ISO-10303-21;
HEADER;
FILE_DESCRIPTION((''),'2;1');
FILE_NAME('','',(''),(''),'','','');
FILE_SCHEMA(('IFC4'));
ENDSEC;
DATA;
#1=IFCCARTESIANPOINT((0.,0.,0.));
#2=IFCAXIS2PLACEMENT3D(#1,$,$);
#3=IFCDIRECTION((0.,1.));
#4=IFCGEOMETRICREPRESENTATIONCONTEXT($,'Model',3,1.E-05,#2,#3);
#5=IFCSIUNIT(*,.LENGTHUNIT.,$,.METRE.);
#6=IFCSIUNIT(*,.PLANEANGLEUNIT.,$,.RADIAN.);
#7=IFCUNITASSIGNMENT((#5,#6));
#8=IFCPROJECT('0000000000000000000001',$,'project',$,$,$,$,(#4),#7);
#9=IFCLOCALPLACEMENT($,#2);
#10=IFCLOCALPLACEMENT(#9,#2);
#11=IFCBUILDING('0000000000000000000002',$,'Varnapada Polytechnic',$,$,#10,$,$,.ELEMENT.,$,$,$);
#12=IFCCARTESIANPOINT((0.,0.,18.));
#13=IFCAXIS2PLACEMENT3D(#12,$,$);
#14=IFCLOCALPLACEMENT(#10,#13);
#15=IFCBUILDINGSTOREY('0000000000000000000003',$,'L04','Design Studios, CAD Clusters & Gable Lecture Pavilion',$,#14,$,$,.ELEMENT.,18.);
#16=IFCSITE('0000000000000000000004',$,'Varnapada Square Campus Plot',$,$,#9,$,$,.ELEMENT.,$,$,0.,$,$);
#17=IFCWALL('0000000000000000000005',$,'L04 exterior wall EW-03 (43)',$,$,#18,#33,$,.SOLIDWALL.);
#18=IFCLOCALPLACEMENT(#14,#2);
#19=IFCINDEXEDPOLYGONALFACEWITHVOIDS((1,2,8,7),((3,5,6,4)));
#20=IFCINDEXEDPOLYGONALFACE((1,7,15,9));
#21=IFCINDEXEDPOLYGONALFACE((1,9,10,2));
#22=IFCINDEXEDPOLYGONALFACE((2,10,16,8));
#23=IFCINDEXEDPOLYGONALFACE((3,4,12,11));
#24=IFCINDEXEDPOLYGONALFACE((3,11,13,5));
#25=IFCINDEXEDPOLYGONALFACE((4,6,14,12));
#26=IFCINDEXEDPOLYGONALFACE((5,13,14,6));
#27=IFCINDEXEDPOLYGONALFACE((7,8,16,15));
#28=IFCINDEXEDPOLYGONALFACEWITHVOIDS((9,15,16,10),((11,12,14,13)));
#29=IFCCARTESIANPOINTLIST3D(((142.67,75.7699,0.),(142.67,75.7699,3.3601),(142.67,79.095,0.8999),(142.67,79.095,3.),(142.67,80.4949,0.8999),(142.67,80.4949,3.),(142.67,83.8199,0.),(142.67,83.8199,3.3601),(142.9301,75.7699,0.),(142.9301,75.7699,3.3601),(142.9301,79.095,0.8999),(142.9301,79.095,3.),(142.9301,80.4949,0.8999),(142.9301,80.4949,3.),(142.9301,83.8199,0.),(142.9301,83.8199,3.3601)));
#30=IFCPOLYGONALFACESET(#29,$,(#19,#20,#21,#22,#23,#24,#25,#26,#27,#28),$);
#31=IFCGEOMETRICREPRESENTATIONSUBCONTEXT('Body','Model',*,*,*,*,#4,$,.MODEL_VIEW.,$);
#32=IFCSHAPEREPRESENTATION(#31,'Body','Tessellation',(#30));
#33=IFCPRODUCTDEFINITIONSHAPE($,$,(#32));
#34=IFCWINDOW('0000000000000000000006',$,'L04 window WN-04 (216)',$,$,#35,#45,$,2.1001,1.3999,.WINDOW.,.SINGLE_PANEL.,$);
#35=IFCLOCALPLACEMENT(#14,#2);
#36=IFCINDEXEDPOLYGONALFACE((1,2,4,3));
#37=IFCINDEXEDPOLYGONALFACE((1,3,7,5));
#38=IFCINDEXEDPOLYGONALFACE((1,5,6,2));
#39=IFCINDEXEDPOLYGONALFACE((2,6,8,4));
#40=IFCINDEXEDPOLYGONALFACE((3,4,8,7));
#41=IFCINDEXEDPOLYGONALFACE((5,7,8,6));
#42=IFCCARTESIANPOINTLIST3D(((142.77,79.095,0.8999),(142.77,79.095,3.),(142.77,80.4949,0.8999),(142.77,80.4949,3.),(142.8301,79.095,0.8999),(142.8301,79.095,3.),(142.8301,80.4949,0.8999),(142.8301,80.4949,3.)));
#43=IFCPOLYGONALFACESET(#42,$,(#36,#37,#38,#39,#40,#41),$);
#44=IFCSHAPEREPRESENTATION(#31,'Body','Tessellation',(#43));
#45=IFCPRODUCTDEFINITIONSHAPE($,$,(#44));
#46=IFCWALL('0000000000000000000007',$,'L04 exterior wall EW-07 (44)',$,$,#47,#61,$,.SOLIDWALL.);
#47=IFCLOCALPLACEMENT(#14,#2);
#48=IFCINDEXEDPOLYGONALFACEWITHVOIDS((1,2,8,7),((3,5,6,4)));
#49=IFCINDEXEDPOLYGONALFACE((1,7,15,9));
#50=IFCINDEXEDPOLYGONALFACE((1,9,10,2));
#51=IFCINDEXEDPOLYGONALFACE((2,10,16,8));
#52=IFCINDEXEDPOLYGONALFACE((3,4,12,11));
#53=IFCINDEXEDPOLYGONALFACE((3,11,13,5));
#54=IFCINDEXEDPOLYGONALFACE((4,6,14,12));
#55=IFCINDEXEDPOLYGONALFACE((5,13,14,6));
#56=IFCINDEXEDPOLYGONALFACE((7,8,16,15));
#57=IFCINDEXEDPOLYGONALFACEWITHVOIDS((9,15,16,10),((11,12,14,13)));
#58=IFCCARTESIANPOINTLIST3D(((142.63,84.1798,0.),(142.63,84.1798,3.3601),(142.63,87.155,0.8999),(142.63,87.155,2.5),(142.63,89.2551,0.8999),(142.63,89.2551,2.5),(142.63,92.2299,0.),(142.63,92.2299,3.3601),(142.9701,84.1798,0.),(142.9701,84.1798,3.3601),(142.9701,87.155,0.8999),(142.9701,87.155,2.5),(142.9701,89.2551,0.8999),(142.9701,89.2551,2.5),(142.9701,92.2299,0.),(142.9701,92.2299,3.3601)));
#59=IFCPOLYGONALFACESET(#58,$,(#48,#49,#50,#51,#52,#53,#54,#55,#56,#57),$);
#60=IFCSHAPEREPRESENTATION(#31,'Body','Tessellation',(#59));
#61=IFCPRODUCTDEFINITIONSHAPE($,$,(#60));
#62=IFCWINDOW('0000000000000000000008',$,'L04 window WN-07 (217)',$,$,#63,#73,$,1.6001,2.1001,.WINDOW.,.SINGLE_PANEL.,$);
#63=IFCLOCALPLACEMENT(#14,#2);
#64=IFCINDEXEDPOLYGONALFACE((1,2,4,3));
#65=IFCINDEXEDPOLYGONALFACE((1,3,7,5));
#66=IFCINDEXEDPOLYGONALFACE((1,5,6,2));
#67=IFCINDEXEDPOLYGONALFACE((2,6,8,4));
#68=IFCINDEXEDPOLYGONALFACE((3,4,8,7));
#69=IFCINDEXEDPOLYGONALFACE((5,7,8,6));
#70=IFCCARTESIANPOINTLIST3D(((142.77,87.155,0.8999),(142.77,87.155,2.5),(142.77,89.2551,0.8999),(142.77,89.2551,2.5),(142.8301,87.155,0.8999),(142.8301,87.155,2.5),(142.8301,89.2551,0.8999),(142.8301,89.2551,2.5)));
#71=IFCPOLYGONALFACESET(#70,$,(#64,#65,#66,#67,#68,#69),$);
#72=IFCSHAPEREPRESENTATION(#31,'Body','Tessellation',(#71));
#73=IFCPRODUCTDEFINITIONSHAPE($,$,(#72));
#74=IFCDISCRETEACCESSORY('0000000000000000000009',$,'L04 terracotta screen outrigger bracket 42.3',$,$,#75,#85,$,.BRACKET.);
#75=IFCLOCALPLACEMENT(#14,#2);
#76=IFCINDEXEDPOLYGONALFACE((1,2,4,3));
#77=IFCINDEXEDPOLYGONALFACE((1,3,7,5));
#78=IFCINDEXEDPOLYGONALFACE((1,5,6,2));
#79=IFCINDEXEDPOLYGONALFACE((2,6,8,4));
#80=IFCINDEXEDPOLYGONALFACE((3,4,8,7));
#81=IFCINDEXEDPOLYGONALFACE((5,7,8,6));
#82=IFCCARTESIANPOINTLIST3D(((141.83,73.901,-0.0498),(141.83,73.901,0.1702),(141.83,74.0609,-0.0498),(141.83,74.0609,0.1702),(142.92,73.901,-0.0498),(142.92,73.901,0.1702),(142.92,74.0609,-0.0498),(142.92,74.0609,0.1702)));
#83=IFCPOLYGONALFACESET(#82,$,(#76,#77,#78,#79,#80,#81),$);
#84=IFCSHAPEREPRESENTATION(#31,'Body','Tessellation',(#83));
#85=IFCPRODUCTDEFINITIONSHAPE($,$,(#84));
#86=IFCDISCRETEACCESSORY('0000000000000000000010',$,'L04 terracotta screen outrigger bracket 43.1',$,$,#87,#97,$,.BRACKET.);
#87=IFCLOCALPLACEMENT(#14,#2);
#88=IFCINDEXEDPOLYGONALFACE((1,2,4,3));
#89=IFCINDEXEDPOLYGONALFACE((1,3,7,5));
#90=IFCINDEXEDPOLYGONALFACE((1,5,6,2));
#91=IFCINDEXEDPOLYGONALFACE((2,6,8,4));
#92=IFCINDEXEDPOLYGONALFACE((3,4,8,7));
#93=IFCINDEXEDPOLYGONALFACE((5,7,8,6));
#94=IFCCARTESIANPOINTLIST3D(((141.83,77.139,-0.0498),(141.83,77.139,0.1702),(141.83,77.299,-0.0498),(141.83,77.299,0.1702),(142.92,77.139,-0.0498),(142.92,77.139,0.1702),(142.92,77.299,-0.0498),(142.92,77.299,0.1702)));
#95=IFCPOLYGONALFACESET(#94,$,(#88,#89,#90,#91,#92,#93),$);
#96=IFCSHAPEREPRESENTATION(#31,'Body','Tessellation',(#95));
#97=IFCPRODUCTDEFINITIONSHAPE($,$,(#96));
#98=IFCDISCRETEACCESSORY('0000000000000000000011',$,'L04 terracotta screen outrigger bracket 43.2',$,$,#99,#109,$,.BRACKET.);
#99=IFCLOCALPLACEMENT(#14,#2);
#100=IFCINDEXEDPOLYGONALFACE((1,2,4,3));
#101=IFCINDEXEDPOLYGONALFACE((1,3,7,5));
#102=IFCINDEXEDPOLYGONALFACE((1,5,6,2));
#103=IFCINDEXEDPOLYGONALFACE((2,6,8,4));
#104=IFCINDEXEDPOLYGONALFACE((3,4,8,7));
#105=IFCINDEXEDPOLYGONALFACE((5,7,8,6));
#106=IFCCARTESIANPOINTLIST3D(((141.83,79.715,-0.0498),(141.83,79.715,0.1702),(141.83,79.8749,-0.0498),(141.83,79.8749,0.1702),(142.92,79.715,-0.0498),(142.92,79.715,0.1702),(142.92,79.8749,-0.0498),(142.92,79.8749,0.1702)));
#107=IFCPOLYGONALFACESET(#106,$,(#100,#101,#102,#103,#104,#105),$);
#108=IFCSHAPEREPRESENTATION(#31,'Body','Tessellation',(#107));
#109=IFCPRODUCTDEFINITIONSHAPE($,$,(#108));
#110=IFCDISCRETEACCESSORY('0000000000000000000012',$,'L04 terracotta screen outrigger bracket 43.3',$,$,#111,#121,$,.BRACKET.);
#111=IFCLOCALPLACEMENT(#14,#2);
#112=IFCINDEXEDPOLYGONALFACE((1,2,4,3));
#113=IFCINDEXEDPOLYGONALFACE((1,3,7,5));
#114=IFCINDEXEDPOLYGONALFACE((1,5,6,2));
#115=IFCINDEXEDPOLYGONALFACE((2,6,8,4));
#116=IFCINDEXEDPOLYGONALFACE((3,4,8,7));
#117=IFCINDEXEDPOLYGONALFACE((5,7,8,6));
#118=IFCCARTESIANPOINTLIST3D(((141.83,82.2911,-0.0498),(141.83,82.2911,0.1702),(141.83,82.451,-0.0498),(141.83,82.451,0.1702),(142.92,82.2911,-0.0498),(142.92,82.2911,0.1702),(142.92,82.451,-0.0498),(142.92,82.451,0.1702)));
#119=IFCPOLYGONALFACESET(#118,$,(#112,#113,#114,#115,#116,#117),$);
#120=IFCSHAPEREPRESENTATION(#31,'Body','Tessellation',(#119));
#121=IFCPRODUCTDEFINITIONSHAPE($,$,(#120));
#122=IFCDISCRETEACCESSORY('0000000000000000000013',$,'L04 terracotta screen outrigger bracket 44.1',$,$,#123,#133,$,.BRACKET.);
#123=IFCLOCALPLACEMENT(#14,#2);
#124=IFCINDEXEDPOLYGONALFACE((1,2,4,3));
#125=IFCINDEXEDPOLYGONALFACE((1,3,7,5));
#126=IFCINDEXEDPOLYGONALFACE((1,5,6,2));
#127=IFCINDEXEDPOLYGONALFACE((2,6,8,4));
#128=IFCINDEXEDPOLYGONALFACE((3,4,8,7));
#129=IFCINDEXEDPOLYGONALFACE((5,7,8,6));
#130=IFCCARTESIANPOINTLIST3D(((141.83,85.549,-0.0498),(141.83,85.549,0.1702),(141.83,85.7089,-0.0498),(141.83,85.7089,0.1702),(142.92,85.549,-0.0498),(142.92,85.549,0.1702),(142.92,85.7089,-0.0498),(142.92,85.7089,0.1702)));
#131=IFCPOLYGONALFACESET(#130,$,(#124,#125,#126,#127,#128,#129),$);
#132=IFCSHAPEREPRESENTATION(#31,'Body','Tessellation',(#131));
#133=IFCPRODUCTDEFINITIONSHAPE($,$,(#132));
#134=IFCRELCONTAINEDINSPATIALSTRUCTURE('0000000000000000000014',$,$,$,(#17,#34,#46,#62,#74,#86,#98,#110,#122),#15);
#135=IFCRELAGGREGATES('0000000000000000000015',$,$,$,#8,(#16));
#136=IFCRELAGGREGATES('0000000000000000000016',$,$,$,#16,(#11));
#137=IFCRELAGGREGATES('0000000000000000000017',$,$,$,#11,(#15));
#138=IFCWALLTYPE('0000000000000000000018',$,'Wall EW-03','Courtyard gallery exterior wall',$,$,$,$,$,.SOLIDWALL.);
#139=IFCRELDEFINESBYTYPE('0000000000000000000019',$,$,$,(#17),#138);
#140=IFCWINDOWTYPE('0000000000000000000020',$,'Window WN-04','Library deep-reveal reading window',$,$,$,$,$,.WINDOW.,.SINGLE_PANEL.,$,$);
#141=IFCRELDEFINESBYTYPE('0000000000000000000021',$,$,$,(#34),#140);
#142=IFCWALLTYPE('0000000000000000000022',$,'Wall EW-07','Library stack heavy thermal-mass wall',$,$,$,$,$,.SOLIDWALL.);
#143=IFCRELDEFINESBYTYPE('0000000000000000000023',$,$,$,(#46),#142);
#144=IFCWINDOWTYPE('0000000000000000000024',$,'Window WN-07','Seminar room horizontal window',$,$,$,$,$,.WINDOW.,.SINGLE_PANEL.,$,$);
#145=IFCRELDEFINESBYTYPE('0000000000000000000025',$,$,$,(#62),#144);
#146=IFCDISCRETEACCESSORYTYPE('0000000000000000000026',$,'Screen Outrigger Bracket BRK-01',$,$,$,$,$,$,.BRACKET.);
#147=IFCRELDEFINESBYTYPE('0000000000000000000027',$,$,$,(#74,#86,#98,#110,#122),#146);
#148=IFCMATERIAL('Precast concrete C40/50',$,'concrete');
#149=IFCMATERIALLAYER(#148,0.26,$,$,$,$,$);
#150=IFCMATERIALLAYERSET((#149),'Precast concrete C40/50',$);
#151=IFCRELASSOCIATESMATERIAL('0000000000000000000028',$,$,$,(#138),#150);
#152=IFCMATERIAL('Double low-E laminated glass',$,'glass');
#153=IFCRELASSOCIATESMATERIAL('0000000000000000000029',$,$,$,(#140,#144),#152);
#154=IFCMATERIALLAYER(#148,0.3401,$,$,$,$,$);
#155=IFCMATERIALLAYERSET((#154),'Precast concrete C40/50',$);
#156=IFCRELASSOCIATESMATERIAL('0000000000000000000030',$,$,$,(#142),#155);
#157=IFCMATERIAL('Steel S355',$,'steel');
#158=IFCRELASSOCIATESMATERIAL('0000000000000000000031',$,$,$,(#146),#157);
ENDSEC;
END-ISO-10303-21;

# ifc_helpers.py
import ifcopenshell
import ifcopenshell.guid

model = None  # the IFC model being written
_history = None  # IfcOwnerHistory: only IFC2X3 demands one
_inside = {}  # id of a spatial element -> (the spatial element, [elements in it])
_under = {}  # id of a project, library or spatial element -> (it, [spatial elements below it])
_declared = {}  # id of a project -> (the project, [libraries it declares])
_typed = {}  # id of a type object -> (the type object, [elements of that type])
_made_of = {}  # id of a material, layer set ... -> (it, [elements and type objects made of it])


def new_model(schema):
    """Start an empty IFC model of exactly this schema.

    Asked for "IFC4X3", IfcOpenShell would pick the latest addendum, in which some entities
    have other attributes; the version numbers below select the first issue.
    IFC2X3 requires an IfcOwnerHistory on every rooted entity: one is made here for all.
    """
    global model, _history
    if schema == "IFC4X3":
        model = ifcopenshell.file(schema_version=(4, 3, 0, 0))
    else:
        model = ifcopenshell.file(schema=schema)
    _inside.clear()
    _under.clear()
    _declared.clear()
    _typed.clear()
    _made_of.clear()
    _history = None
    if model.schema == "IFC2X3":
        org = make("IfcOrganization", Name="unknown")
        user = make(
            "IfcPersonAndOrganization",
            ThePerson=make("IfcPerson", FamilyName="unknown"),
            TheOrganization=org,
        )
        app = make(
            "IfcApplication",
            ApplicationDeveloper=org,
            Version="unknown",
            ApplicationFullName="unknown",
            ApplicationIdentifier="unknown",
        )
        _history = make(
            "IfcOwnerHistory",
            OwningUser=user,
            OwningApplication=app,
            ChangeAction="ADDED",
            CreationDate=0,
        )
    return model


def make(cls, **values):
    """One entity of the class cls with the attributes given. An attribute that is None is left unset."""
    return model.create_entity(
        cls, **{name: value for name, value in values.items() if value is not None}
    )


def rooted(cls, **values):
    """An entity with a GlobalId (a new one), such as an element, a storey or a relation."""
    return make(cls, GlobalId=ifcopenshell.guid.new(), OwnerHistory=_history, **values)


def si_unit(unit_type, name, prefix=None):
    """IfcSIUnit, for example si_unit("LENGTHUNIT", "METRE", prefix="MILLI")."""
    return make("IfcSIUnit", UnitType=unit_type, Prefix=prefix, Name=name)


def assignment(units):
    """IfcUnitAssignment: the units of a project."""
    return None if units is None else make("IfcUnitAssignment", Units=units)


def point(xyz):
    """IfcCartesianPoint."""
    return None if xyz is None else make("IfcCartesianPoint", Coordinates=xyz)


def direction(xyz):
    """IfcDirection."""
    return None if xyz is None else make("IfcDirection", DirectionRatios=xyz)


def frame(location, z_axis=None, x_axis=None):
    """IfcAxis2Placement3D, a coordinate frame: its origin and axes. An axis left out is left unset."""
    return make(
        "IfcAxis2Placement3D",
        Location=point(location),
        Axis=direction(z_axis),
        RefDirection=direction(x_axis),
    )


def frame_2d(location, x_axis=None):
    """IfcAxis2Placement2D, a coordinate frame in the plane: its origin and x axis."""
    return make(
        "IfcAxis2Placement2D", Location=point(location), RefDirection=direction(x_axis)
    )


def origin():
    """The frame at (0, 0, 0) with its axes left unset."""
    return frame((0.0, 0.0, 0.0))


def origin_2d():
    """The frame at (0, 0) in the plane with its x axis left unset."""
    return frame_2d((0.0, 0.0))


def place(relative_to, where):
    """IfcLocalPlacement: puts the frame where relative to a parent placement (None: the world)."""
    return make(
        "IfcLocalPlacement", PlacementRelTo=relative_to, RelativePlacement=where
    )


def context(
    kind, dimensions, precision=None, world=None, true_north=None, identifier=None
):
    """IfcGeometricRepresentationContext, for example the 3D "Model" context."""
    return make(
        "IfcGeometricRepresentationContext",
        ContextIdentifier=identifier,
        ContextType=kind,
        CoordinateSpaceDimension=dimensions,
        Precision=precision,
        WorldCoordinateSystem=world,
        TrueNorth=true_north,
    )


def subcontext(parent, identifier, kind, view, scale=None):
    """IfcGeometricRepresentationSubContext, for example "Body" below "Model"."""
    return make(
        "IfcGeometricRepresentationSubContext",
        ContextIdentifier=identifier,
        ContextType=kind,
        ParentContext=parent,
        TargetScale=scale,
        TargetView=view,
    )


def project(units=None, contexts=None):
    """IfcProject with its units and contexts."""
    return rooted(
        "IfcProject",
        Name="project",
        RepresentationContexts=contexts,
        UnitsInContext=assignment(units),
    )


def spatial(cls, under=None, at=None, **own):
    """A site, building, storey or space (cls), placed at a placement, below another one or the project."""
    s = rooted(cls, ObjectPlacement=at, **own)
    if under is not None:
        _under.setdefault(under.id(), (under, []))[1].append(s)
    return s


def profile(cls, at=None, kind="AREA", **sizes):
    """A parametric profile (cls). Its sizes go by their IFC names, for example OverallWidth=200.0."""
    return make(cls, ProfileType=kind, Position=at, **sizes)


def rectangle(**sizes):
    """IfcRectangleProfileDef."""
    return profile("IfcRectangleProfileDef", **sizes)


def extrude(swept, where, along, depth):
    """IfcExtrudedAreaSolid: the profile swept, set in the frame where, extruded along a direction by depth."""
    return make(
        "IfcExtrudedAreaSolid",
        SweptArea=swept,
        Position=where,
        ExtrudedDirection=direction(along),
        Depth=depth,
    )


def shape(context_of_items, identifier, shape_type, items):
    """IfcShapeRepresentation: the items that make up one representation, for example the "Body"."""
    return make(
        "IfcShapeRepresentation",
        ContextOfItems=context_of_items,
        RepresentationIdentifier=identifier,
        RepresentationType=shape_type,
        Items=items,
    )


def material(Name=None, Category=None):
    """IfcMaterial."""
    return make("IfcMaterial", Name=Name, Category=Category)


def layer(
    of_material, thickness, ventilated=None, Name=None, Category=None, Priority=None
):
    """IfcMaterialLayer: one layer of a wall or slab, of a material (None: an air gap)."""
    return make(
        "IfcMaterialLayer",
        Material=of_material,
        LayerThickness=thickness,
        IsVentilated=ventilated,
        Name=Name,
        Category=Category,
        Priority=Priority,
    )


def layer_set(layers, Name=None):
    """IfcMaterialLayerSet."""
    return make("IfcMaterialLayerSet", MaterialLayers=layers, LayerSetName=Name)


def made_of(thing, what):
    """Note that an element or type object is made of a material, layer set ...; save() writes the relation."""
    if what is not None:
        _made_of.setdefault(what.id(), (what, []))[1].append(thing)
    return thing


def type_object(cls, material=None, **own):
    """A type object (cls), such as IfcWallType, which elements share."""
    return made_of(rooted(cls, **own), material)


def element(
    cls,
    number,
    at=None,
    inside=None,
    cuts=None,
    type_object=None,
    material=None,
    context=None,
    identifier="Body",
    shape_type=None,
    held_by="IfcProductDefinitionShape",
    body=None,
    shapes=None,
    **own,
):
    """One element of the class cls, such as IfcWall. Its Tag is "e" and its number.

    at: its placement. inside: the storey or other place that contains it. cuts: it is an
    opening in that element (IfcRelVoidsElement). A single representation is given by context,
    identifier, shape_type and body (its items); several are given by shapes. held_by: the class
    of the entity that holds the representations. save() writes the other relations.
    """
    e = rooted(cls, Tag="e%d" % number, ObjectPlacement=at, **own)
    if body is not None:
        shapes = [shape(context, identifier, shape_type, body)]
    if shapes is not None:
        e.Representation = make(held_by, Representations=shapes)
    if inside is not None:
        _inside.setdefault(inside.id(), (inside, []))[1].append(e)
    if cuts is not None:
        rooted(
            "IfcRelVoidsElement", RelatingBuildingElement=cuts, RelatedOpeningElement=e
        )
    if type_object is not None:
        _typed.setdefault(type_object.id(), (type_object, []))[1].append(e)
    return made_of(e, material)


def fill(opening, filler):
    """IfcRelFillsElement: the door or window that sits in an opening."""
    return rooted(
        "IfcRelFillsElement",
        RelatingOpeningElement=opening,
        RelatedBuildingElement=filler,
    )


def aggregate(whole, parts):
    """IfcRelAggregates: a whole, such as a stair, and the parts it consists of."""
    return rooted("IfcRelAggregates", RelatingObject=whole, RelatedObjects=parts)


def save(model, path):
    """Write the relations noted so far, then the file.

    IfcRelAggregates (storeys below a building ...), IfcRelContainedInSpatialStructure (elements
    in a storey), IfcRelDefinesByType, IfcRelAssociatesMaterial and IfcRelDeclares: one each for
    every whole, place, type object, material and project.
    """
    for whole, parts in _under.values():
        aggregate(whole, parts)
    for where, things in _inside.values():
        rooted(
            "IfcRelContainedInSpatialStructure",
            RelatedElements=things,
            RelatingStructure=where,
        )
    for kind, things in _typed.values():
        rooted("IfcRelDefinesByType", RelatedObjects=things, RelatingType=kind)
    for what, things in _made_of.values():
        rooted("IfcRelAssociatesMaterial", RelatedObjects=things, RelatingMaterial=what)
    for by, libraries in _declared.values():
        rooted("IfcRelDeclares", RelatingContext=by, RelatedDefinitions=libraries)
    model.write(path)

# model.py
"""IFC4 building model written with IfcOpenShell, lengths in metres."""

from ifc_helpers import new_model, si_unit, direction, frame, frame_2d, origin, origin_2d, place, context, subcontext, project, spatial, rectangle, extrude, material, layer, layer_set, type_object, element, fill, save


model = new_model("IFC4")

# Units and contexts
model_context = context("Model", 3, precision=1e-05, world=origin(), true_north=direction((0.0, 1.0)))
body_context = subcontext(model_context, "Body", "Model", "MODEL_VIEW")
ifc_project = project(units=[si_unit("LENGTHUNIT", "METRE"), si_unit("PLANEANGLEUNIT", "RADIAN")], contexts=[model_context])

# Site, building, storey
site_placement = place(None, origin())
site = spatial("IfcSite", under=ifc_project, at=site_placement, Name="Varnapada Square Campus Plot", CompositionType="ELEMENT", RefElevation=0.0)
building_placement = place(site_placement, origin())
building = spatial("IfcBuilding", under=site, at=building_placement, Name="Varnapada Polytechnic", CompositionType="ELEMENT")
storey_placement = place(building_placement, frame((0.0, 0.0, 18.0)))
storey = spatial("IfcBuildingStorey", under=building, at=storey_placement, Name="L04", Description="Design Studios, CAD Clusters & Gable Lecture Pavilion", CompositionType="ELEMENT", Elevation=18.0)

# Walls, openings, windows
ifc_material_1 = material(Name="Precast concrete C40/50", Category="concrete")
ifc_layer_1 = layer(ifc_material_1, 0.26)
ifc_layer_set_1 = layer_set([ifc_layer_1], Name="Precast concrete C40/50")
wall_type_1 = type_object("IfcWallType", Name="Wall EW-03", Description="Courtyard gallery exterior wall", PredefinedType="SOLIDWALL", material=ifc_layer_set_1)
wall_1_placement = place(storey_placement, frame((142.8, 75.77, 0.0), z_axis=(0.0, 0.0, 1.0), x_axis=(0.0, 1.0, 0.0)))
wall_1 = element("IfcWall", 1, at=wall_1_placement, inside=storey, type_object=wall_type_1, Name="L04 exterior wall EW-03 (43)", PredefinedType="SOLIDWALL", context=body_context, shape_type="SweptSolid", body=[
    extrude(rectangle(XDim=8.05, YDim=0.26, at=frame_2d((4.0249, 0.0))), origin(), (0.0, 0.0, 1.0), 3.3601),
])
opening_1_placement = place(wall_1_placement, frame((3.325, 0.0, 0.8999)))
opening_1 = element("IfcOpeningElement", 2, at=opening_1_placement, cuts=wall_1, PredefinedType="OPENING", context=body_context, shape_type="SweptSolid", body=[
    extrude(rectangle(XDim=1.3999, YDim=2.1001, at=frame_2d((0.7, 1.05))), frame((0.0, 0.1399, 0.0), z_axis=(0.0, -1.0, 0.0), x_axis=(1.0, 0.0, 0.0)), (0.0, 0.0, 1.0), 0.28),
])
ifc_material_2 = material(Name="Double low-E laminated glass", Category="glass")
window_type_1 = type_object("IfcWindowType", Name="Window WN-04", Description="Library deep-reveal reading window", PartitioningType="SINGLE_PANEL", PredefinedType="WINDOW", material=ifc_material_2)
window_1_placement = place(opening_1_placement, origin())
window_1 = element("IfcWindow", 3, at=window_1_placement, inside=storey, type_object=window_type_1, Name="L04 window WN-04 (216)", OverallHeight=2.1001, OverallWidth=1.3999, PartitioningType="SINGLE_PANEL", PredefinedType="WINDOW", context=body_context, shape_type="SweptSolid", body=[
    extrude(rectangle(XDim=1.3999, YDim=2.1001, at=frame_2d((0.7, 1.05))), frame((0.0, 0.03, 0.0), z_axis=(0.0, -1.0, 0.0), x_axis=(1.0, 0.0, 0.0)), (0.0, 0.0, 1.0), 0.0601),
])
fill(opening_1, window_1)
ifc_layer_2 = layer(ifc_material_1, 0.3401)
ifc_layer_set_2 = layer_set([ifc_layer_2], Name="Precast concrete C40/50")
wall_type_2 = type_object("IfcWallType", Name="Wall EW-07", Description="Library stack heavy thermal-mass wall", PredefinedType="SOLIDWALL", material=ifc_layer_set_2)
wall_2_placement = place(storey_placement, frame((142.8, 84.1799, 0.0), z_axis=(0.0, 0.0, 1.0), x_axis=(0.0, 1.0, 0.0)))
wall_2 = element("IfcWall", 4, at=wall_2_placement, inside=storey, type_object=wall_type_2, Name="L04 exterior wall EW-07 (44)", PredefinedType="SOLIDWALL", context=body_context, shape_type="SweptSolid", body=[
    extrude(rectangle(XDim=8.05, YDim=0.3401, at=frame_2d((4.0249, 0.0))), origin(), (0.0, 0.0, 1.0), 3.3601),
])
opening_2_placement = place(wall_2_placement, frame((2.9751, 0.0, 0.8999)))
opening_2 = element("IfcOpeningElement", 5, at=opening_2_placement, cuts=wall_2, PredefinedType="OPENING", context=body_context, shape_type="SweptSolid", body=[
    extrude(rectangle(XDim=2.1001, YDim=1.6001, at=frame_2d((1.05, 0.8))), frame((0.0, 0.1799, 0.0), z_axis=(0.0, -1.0, 0.0), x_axis=(1.0, 0.0, 0.0)), (0.0, 0.0, 1.0), 0.3601),
])
window_type_2 = type_object("IfcWindowType", Name="Window WN-07", Description="Seminar room horizontal window", PartitioningType="SINGLE_PANEL", PredefinedType="WINDOW", material=ifc_material_2)
window_2_placement = place(opening_2_placement, origin())
window_2 = element("IfcWindow", 6, at=window_2_placement, inside=storey, type_object=window_type_2, Name="L04 window WN-07 (217)", OverallHeight=1.6001, OverallWidth=2.1001, PartitioningType="SINGLE_PANEL", PredefinedType="WINDOW", context=body_context, shape_type="SweptSolid", body=[
    extrude(rectangle(XDim=2.1001, YDim=1.6001, at=frame_2d((1.05, 0.8))), frame((0.0, 0.03, 0.0), z_axis=(0.0, -1.0, 0.0), x_axis=(1.0, 0.0, 0.0)), (0.0, 0.0, 1.0), 0.0601),
])
fill(opening_2, window_2)

# Discrete accessories
ifc_material_3 = material(Name="Steel S355", Category="steel")
discrete_accessory_type = type_object("IfcDiscreteAccessoryType", Name="Screen Outrigger Bracket BRK-01", PredefinedType="BRACKET", material=ifc_material_3)
for number, where, z_axis, x_axis, name in (
    (7, (142.375, 73.981, -0.0498), (0.0, 0.0, 1.0), (0.0, 1.0, 0.0), "L04 terracotta screen outrigger bracket 42.3"),
    (8, (142.375, 77.219, -0.0498), (0.0, 0.0, 1.0), (0.0, 1.0, 0.0), "L04 terracotta screen outrigger bracket 43.1"),
    (9, (142.375, 79.7949, -0.0498), (0.0, 0.0, 1.0), (0.0, 1.0, 0.0), "L04 terracotta screen outrigger bracket 43.2"),
    (10, (142.375, 82.3711, -0.0498), (0.0, 0.0, 1.0), (0.0, 1.0, 0.0), "L04 terracotta screen outrigger bracket 43.3"),
    (11, (142.375, 85.6289, -0.0498), (0.0, 0.0, 1.0), (0.0, 1.0, 0.0), "L04 terracotta screen outrigger bracket 44.1"),
):
    element("IfcDiscreteAccessory", number, at=place(storey_placement, frame(where, z_axis=z_axis, x_axis=x_axis)), inside=storey, type_object=discrete_accessory_type, Name=name, PredefinedType="BRACKET", context=body_context, shape_type="SweptSolid", body=[
        extrude(rectangle(XDim=0.1599, YDim=1.0901, at=origin_2d()), origin(), (0.0, 0.0, 1.0), 0.22),
    ])

save(model, "model.ifc")
